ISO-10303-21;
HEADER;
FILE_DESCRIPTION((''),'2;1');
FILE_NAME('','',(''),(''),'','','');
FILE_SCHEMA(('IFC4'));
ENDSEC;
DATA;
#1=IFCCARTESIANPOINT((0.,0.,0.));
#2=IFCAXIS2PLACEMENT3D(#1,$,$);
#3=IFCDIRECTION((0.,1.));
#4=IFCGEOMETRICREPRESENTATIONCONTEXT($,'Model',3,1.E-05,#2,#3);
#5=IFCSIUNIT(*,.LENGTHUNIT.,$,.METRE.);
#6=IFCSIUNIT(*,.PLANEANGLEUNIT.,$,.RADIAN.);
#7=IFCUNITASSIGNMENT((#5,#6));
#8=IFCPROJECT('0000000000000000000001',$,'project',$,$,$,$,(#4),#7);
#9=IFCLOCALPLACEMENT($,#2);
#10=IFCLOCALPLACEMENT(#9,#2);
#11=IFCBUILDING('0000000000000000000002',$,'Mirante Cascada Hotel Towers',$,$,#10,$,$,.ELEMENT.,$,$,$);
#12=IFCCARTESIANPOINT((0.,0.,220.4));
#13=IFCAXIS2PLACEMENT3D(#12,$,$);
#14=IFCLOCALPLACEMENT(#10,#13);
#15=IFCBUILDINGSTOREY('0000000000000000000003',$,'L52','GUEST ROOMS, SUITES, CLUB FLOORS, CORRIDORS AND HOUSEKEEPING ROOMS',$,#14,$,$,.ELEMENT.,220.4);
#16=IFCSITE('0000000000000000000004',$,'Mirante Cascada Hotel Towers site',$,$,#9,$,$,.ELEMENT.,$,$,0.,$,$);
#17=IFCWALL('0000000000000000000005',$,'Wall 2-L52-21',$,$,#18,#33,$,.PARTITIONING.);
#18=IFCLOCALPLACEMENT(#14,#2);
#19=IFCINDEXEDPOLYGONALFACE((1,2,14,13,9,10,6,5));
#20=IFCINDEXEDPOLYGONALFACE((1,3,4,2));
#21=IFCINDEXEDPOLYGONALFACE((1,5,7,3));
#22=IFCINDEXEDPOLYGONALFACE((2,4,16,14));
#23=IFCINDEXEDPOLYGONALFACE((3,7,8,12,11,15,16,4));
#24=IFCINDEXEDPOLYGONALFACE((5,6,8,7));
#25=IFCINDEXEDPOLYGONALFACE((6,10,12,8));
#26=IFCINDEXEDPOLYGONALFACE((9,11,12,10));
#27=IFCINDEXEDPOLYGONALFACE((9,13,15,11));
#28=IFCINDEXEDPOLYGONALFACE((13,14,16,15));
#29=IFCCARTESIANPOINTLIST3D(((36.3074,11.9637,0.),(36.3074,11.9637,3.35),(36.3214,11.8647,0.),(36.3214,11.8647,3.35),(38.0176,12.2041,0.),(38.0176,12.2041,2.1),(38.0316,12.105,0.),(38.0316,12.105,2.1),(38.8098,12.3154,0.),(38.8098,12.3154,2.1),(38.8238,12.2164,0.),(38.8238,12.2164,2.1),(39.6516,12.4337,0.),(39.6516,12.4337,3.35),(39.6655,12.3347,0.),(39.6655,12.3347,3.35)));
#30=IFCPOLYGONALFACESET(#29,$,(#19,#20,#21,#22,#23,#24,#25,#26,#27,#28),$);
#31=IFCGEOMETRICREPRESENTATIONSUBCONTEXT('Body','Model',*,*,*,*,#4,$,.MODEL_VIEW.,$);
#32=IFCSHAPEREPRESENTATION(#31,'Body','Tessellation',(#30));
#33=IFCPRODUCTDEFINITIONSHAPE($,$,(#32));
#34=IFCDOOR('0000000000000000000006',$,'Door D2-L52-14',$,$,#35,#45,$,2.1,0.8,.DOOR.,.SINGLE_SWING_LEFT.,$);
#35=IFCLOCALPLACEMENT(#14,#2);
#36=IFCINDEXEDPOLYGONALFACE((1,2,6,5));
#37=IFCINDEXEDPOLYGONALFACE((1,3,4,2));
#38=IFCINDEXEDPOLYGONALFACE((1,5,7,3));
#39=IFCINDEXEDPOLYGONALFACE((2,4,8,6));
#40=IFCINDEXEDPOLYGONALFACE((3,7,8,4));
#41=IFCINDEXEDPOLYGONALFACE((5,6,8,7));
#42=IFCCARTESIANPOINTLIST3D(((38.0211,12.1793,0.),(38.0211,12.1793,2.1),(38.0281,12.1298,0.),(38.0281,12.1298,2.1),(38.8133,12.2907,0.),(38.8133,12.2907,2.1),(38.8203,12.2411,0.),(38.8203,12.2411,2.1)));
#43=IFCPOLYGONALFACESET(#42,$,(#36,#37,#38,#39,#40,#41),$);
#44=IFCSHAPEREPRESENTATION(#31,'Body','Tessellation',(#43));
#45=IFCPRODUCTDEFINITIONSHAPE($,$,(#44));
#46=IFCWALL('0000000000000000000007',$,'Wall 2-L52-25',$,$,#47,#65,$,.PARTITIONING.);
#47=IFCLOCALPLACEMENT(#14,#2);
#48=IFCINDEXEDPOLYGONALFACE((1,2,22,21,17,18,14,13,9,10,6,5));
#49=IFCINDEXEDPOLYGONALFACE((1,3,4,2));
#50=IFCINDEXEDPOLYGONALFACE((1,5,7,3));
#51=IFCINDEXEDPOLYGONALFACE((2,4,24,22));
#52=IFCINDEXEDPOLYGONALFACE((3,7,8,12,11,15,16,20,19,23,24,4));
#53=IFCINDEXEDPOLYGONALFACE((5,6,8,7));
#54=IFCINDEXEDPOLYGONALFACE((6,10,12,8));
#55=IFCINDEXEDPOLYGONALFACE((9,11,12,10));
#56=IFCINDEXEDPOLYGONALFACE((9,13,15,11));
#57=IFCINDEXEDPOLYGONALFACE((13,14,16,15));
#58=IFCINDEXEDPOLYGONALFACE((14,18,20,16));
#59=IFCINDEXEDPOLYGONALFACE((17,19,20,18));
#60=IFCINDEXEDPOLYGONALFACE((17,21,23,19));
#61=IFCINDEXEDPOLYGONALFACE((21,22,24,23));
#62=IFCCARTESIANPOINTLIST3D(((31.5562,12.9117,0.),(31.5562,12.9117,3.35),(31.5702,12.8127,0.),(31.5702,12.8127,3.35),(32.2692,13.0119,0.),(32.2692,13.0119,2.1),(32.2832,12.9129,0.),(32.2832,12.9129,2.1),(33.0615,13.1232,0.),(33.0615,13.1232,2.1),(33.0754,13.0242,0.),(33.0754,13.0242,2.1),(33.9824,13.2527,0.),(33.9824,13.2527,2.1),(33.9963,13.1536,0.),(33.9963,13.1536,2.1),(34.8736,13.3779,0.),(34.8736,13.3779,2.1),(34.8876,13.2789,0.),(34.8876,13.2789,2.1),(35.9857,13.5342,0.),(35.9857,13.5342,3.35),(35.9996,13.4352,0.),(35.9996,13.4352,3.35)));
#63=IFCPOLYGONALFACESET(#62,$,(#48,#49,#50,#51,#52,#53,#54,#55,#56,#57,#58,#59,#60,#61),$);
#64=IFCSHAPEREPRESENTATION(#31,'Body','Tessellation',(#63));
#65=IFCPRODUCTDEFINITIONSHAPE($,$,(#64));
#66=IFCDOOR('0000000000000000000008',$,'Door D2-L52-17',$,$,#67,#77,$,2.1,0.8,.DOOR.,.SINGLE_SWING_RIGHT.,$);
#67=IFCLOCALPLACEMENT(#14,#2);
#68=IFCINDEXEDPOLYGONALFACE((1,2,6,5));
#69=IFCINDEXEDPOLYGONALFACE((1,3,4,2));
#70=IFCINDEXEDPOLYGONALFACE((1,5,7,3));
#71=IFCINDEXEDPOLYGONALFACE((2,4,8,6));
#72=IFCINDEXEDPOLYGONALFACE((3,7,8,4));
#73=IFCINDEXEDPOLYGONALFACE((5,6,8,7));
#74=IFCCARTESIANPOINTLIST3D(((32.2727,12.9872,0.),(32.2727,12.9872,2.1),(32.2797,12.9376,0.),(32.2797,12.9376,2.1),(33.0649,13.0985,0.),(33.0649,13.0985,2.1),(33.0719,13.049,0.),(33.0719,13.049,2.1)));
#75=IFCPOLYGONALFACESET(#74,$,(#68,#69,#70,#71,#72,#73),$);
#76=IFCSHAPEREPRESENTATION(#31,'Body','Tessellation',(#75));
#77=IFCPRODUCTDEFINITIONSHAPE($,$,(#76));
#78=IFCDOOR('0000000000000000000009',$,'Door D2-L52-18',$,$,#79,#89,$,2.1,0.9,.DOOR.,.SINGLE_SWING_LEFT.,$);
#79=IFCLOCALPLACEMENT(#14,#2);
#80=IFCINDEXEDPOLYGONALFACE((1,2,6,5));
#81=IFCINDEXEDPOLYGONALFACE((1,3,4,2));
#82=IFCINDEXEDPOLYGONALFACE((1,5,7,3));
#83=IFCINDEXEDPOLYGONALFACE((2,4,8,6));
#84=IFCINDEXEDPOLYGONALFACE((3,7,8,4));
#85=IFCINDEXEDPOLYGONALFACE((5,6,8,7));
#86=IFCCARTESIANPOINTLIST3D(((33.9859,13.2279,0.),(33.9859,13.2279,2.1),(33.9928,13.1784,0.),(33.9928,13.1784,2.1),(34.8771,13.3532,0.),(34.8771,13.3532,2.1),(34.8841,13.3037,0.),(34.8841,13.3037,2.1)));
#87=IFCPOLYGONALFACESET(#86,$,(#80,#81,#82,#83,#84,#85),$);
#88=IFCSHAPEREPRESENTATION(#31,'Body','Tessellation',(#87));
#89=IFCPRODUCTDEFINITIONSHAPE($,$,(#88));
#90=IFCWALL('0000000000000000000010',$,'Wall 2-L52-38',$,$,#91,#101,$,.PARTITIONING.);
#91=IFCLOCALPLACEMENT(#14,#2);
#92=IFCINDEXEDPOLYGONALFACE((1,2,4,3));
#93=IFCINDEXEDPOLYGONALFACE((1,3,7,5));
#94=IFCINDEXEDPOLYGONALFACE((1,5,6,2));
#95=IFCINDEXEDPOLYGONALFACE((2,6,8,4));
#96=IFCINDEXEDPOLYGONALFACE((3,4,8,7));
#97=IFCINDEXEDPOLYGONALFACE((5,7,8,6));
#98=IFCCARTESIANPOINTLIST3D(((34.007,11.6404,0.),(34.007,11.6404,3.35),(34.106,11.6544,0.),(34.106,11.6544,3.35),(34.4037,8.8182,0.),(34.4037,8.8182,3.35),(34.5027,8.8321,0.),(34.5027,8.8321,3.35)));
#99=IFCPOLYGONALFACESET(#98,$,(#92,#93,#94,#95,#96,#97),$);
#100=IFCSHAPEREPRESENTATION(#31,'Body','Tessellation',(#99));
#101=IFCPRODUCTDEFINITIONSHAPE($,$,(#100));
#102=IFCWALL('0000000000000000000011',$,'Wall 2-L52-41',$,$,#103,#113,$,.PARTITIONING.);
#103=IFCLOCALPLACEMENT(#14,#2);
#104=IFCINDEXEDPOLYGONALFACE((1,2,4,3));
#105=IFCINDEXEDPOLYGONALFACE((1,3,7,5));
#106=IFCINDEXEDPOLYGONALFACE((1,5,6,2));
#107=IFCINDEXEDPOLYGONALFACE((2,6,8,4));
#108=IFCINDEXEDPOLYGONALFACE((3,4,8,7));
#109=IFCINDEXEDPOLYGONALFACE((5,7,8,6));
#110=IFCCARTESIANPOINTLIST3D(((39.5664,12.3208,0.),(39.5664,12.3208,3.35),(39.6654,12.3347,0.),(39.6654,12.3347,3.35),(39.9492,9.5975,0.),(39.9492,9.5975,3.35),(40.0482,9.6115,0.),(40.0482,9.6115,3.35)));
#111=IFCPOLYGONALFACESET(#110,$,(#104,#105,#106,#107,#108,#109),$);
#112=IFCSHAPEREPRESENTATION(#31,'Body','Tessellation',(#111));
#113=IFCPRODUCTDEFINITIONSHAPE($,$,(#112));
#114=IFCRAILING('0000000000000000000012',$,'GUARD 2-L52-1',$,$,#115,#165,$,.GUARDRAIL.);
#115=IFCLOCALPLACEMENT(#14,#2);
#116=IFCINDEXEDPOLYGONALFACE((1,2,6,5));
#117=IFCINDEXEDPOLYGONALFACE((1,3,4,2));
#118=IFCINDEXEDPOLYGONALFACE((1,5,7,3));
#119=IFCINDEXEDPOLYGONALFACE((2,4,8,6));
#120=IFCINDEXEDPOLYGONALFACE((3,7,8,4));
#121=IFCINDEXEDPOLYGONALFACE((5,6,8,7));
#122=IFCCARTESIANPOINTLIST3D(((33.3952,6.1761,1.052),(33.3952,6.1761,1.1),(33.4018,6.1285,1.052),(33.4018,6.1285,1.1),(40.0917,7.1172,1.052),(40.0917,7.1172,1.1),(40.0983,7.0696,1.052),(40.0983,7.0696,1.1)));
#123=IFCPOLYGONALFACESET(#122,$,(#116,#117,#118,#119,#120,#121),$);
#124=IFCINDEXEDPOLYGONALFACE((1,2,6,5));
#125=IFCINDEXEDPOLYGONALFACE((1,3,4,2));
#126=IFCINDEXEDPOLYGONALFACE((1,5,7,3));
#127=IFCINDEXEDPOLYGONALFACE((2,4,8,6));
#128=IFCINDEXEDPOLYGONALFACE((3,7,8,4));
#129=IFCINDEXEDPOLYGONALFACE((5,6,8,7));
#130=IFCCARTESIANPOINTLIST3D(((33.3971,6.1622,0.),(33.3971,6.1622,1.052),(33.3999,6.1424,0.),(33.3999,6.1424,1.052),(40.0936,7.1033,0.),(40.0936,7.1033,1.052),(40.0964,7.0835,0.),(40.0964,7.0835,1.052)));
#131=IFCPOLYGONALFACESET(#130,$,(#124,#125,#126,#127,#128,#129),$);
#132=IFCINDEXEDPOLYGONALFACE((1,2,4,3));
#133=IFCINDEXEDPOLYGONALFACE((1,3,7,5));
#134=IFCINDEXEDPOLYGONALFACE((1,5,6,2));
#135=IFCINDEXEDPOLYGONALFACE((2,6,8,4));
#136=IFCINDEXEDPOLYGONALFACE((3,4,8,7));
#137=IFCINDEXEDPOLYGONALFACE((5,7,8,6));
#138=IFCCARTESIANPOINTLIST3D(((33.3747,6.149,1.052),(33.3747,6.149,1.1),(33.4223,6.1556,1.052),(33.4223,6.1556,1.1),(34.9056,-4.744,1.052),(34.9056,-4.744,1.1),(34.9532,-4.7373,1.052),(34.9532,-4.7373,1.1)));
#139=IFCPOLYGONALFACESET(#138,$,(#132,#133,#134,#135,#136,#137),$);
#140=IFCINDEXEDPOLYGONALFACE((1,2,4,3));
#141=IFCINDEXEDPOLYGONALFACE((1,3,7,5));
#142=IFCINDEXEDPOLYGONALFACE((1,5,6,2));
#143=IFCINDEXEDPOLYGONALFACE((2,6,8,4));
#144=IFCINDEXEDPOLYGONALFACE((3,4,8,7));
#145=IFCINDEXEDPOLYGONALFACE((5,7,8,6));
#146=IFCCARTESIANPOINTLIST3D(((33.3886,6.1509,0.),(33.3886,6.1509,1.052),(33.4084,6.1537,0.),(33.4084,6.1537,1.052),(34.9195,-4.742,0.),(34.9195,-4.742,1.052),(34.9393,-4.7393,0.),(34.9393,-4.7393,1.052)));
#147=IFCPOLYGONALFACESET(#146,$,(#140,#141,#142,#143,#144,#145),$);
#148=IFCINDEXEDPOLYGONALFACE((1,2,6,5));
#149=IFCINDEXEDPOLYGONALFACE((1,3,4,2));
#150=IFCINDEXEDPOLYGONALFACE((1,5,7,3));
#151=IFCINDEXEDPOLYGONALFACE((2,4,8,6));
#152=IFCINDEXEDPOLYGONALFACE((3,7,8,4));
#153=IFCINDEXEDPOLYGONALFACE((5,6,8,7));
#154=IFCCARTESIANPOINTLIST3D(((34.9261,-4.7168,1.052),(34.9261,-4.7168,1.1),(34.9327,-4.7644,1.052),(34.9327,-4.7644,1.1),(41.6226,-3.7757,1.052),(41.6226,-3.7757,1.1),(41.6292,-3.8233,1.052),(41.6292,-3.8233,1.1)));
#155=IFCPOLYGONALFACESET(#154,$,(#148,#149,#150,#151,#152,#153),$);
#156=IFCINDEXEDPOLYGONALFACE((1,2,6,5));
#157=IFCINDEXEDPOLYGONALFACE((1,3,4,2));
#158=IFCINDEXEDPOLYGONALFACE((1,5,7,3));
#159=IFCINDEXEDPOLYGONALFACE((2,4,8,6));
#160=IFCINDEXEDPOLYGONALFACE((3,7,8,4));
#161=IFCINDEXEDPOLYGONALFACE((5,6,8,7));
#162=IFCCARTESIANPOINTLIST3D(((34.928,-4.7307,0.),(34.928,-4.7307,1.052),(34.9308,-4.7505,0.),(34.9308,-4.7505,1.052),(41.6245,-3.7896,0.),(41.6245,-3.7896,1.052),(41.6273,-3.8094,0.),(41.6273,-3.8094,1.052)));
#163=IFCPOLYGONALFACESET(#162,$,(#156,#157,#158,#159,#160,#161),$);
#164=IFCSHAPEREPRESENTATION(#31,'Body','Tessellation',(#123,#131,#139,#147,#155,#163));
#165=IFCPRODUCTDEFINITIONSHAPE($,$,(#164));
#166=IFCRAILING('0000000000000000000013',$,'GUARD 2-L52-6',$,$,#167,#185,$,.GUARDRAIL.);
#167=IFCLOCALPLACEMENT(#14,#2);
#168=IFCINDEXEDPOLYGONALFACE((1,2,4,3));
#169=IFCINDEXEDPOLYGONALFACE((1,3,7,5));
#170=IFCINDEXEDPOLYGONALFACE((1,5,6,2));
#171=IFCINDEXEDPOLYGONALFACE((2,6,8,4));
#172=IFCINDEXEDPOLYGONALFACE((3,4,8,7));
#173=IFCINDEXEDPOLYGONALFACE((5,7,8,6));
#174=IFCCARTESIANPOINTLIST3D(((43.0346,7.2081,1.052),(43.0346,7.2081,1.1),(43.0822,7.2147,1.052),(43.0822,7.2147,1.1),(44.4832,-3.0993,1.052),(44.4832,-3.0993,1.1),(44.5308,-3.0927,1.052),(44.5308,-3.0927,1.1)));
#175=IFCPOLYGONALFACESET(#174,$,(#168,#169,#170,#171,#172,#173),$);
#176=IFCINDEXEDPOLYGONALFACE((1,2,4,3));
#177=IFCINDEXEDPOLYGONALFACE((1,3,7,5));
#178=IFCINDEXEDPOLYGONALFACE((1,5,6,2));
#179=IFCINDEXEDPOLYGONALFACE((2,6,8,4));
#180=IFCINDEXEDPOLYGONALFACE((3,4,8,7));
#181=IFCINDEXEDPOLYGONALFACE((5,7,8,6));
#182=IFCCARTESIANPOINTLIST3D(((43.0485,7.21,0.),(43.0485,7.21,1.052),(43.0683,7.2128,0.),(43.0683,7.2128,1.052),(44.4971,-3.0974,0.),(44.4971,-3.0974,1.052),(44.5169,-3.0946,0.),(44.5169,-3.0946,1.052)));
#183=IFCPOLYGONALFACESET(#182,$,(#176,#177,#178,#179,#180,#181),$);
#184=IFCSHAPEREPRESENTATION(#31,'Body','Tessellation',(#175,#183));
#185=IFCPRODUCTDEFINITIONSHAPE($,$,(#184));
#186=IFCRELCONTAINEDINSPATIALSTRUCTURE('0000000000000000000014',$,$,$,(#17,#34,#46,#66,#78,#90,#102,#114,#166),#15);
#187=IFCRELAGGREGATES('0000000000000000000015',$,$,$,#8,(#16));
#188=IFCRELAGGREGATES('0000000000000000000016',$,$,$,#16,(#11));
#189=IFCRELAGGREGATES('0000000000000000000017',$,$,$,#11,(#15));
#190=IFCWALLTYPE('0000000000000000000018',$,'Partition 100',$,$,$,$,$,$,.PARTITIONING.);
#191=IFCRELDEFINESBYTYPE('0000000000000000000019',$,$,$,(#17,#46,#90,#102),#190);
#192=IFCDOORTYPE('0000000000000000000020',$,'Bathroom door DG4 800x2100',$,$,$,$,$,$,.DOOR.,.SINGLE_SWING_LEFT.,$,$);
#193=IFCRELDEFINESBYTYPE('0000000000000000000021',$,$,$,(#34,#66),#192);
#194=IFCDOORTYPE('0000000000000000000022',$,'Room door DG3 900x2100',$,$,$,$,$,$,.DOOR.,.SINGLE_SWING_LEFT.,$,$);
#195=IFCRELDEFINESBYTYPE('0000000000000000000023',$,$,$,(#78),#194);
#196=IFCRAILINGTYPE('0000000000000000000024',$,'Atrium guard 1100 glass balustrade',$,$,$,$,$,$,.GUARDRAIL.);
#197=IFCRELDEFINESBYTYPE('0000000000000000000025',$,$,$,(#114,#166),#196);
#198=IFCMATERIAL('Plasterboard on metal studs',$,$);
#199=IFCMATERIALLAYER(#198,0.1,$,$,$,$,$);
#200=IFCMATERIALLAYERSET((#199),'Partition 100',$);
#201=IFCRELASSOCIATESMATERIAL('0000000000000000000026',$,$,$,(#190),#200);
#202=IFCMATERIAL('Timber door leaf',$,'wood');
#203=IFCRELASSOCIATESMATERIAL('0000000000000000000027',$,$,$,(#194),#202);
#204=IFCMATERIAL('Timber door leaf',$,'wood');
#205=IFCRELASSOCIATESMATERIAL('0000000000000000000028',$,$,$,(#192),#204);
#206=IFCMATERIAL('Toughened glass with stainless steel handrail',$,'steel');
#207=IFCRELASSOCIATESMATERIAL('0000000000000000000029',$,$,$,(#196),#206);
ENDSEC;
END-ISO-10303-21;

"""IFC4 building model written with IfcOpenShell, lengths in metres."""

from ifc_helpers import new_model, si_unit, direction, frame, frame_2d, origin, origin_2d, place, context, subcontext, project, spatial, rectangle, extrude, material, layer, layer_set, type_object, element, fill, save


model = new_model("IFC4")

# Units and contexts
model_context = context("Model", 3, precision=1e-05, world=origin(), true_north=direction((0.0, 1.0)))
body_context = subcontext(model_context, "Body", "Model", "MODEL_VIEW")
ifc_project = project(units=[si_unit("LENGTHUNIT", "METRE"), si_unit("PLANEANGLEUNIT", "RADIAN")], contexts=[model_context])

# Site, building, storey
site_placement = place(None, origin())
site = spatial("IfcSite", under=ifc_project, at=site_placement, Name="Mirante Cascada Hotel Towers site", CompositionType="ELEMENT", RefElevation=0.0)
building_placement = place(site_placement, origin())
building = spatial("IfcBuilding", under=site, at=building_placement, Name="Mirante Cascada Hotel Towers", CompositionType="ELEMENT")
storey_placement = place(building_placement, frame((0.0, 0.0, 220.4)))
storey = spatial("IfcBuildingStorey", under=building, at=storey_placement, Name="L52", Description="GUEST ROOMS, SUITES, CLUB FLOORS, CORRIDORS AND HOUSEKEEPING ROOMS", CompositionType="ELEMENT", Elevation=220.4)

# Shared definitions
ifc_material_1 = material(Name="Plasterboard on metal studs")
ifc_layer_1 = layer(ifc_material_1, 0.1)
ifc_layer_set_1 = layer_set([ifc_layer_1], Name="Partition 100")
wall_type_1 = type_object("IfcWallType", Name="Partition 100", PredefinedType="PARTITIONING", material=ifc_layer_set_1)
ifc_material_2 = material(Name="Timber door leaf", Category="wood")
door_type_1 = type_object("IfcDoorType", Name="Room door DG3 900x2100", OperationType="SINGLE_SWING_LEFT", PredefinedType="DOOR", material=ifc_material_2)

# Wall, opening, door
ifc_material_3 = material(Name="Timber door leaf", Category="wood")
door_type_2 = type_object("IfcDoorType", Name="Bathroom door DG4 800x2100", OperationType="SINGLE_SWING_LEFT", PredefinedType="DOOR", material=ifc_material_3)
wall_1_placement = place(storey_placement, frame((36.3144, 11.9142, 0.0), z_axis=(0.0, 0.0, 1.0), x_axis=(0.990267, 0.139178, 0.0)))
wall_1 = element("IfcWall", 1, at=wall_1_placement, inside=storey, type_object=wall_type_1, Name="Wall 2-L52-21", PredefinedType="PARTITIONING", context=body_context, shape_type="SweptSolid", body=[
    extrude(rectangle(XDim=3.377, YDim=0.1, at=frame_2d((1.6885, 0.0))), origin(), (0.0, 0.0, 1.0), 3.35),
])
opening_1_placement = place(wall_1_placement, frame((1.727, 0.0, 0.0)))
opening_1 = element("IfcOpeningElement", 2, at=opening_1_placement, cuts=wall_1, PredefinedType="OPENING", context=body_context, shape_type="SweptSolid", body=[
    extrude(rectangle(XDim=0.8, YDim=2.1, at=frame_2d((0.4, 1.05))), frame((0.0, 0.05, 0.0), z_axis=(0.0, -1.0, 0.0), x_axis=(1.0, 0.0, 0.0)), (0.0, 0.0, 1.0), 0.1),
])
door_1_placement = place(opening_1_placement, origin())
door_1 = element("IfcDoor", 3, at=door_1_placement, inside=storey, type_object=door_type_2, Name="Door D2-L52-14", OperationType="SINGLE_SWING_LEFT", OverallHeight=2.1, OverallWidth=0.8, PredefinedType="DOOR", context=body_context, shape_type="SweptSolid", body=[
    extrude(rectangle(XDim=0.8, YDim=2.1, at=frame_2d((0.4, 1.05))), frame((0.0, 0.025, 0.0), z_axis=(0.0, -1.0, 0.0), x_axis=(1.0, 0.0, 0.0)), (0.0, 0.0, 1.0), 0.05),
])
fill(opening_1, door_1)

# Wall, openings, doors
wall_2_placement = place(storey_placement, frame((31.5632, 12.8622, 0.0), z_axis=(0.0, 0.0, 1.0), x_axis=(0.990269, 0.139167, 0.0)))
wall_2 = element("IfcWall", 4, at=wall_2_placement, inside=storey, type_object=wall_type_1, Name="Wall 2-L52-25", PredefinedType="PARTITIONING", context=body_context, shape_type="SweptSolid", body=[
    extrude(rectangle(XDim=4.473, YDim=0.1, at=frame_2d((2.2365, 0.0))), origin(), (0.0, 0.0, 1.0), 3.35),
])
opening_2_placement = place(wall_2_placement, frame((0.72, 0.0, 0.0)))
opening_2 = element("IfcOpeningElement", 5, at=opening_2_placement, cuts=wall_2, PredefinedType="OPENING", context=body_context, shape_type="SweptSolid", body=[
    extrude(rectangle(XDim=0.8, YDim=2.1, at=frame_2d((0.4, 1.05))), frame((0.0, 0.05, 0.0), z_axis=(0.0, -1.0, 0.0), x_axis=(1.0, 0.0, 0.0)), (0.0, 0.0, 1.0), 0.1),
])
opening_3_placement = place(wall_2_placement, frame((2.45, 0.0, 0.0)))
opening_3 = element("IfcOpeningElement", 6, at=opening_3_placement, cuts=wall_2, PredefinedType="OPENING", context=body_context, shape_type="SweptSolid", body=[
    extrude(rectangle(XDim=0.9, YDim=2.1, at=frame_2d((0.45, 1.05))), frame((0.0, 0.05, 0.0), z_axis=(0.0, -1.0, 0.0), x_axis=(1.0, 0.0, 0.0)), (0.0, 0.0, 1.0), 0.1),
])
door_2_placement = place(opening_2_placement, frame((0.8, 0.0, 0.0), z_axis=(0.0, 0.0, 1.0), x_axis=(-1.0, 0.0, 0.0)))
door_2 = element("IfcDoor", 7, at=door_2_placement, inside=storey, type_object=door_type_2, Name="Door D2-L52-17", OperationType="SINGLE_SWING_RIGHT", OverallHeight=2.1, OverallWidth=0.8, PredefinedType="DOOR", context=body_context, shape_type="SweptSolid", body=[
    extrude(rectangle(XDim=0.8, YDim=2.1, at=frame_2d((0.4, 1.05))), frame((0.0, 0.025, 0.0), z_axis=(0.0, -1.0, 0.0), x_axis=(1.0, 0.0, 0.0)), (0.0, 0.0, 1.0), 0.05),
])
fill(opening_2, door_2)
door_3_placement = place(opening_3_placement, origin())
door_3 = element("IfcDoor", 8, at=door_3_placement, inside=storey, type_object=door_type_1, Name="Door D2-L52-18", OperationType="SINGLE_SWING_LEFT", OverallHeight=2.1, OverallWidth=0.9, PredefinedType="DOOR", context=body_context, shape_type="SweptSolid", body=[
    extrude(rectangle(XDim=0.9, YDim=2.1, at=frame_2d((0.45, 1.05))), frame((0.0, 0.025, 0.0), z_axis=(0.0, -1.0, 0.0), x_axis=(1.0, 0.0, 0.0)), (0.0, 0.0, 1.0), 0.05),
])
fill(opening_3, door_3)

# Walls
wall_3_placement = place(storey_placement, frame((34.0565, 11.6474, 0.0), z_axis=(0.0, 0.0, 1.0), x_axis=(0.139191, -0.990266, 0.0)))
element("IfcWall", 9, at=wall_3_placement, inside=storey, type_object=wall_type_1, Name="Wall 2-L52-38", PredefinedType="PARTITIONING", context=body_context, shape_type="SweptSolid", body=[
    extrude(rectangle(XDim=2.85, YDim=0.1, at=frame_2d((1.425, 0.0))), origin(), (0.0, 0.0, 1.0), 3.35),
])
wall_4_placement = place(storey_placement, frame((39.9987, 9.6045, 0.0), z_axis=(0.0, 0.0, 1.0), x_axis=(-0.139201, 0.990264, 0.0)))
element("IfcWall", 10, at=wall_4_placement, inside=storey, type_object=wall_type_1, Name="Wall 2-L52-41", PredefinedType="PARTITIONING", context=body_context, shape_type="SweptSolid", body=[
    extrude(rectangle(XDim=2.75, YDim=0.1, at=frame_2d((1.375, 0.0))), origin(), (0.0, 0.0, 1.0), 3.35),
])

# Railings
ifc_material_4 = material(Name="Toughened glass with stainless steel handrail", Category="steel")
railing_type = type_object("IfcRailingType", Name="Atrium guard 1100 glass balustrade", PredefinedType="GUARDRAIL", material=ifc_material_4)
railing_1_placement = place(storey_placement, frame((40.095, 7.0934, 0.0)))
element("IfcRailing", 11, at=railing_1_placement, inside=storey, type_object=railing_type, Name="GUARD 2-L52-1", PredefinedType="GUARDRAIL", context=body_context, shape_type="SweptSolid", body=[
    extrude(rectangle(XDim=0.048, YDim=0.048, at=origin_2d()), frame((0.0, 0.0, 1.076), z_axis=(-0.990269, -0.139169, 0.0), x_axis=(0.139169, -0.990269, 0.0)), (0.0, 0.0, 1.0), 6.7623),
    extrude(rectangle(XDim=0.02, YDim=1.052, at=origin_2d()), frame((0.0, 0.0, 0.526), z_axis=(-0.990269, -0.139169, 0.0), x_axis=(0.139169, -0.990269, 0.0)), (0.0, 0.0, 1.0), 6.7623),
    extrude(rectangle(XDim=0.048, YDim=0.048, at=origin_2d()), frame((-6.6965, -0.9411, 1.076), z_axis=(0.139173, -0.990268, 0.0), x_axis=(0.990268, 0.139173, 0.0)), (0.0, 0.0, 1.0), 11.0),
    extrude(rectangle(XDim=0.02, YDim=1.052, at=origin_2d()), frame((-6.6965, -0.9411, 0.526), z_axis=(0.139173, -0.990268, 0.0), x_axis=(0.990268, 0.139173, 0.0)), (0.0, 0.0, 1.0), 11.0),
    extrude(rectangle(XDim=0.048, YDim=0.048, at=origin_2d()), frame((-5.1656, -11.834, 1.076), z_axis=(0.990269, 0.139169, 0.0), x_axis=(-0.139169, 0.990269, 0.0)), (0.0, 0.0, 1.0), 6.7623),
    extrude(rectangle(XDim=0.02, YDim=1.052, at=origin_2d()), frame((-5.1656, -11.834, 0.526), z_axis=(0.990269, 0.139169, 0.0), x_axis=(-0.139169, 0.990269, 0.0)), (0.0, 0.0, 1.0), 6.7623),
])
railing_2_placement = place(storey_placement, frame((43.0584, 7.2114, 0.0)))
element("IfcRailing", 12, at=railing_2_placement, inside=storey, type_object=railing_type, Name="GUARD 2-L52-6", PredefinedType="GUARDRAIL", context=body_context, shape_type="SweptSolid", body=[
    extrude(rectangle(XDim=0.048, YDim=0.048, at=origin_2d()), frame((0.0, 0.0, 1.076), z_axis=(0.139172, -0.990268, 0.0), x_axis=(0.990268, 0.139172, 0.0)), (0.0, 0.0, 1.0), 10.4087),
    extrude(rectangle(XDim=0.02, YDim=1.052, at=origin_2d()), frame((0.0, 0.0, 0.526), z_axis=(0.139172, -0.990268, 0.0), x_axis=(0.990268, 0.139172, 0.0)), (0.0, 0.0, 1.0), 10.4087),
])

save(model, "model.ifc")
